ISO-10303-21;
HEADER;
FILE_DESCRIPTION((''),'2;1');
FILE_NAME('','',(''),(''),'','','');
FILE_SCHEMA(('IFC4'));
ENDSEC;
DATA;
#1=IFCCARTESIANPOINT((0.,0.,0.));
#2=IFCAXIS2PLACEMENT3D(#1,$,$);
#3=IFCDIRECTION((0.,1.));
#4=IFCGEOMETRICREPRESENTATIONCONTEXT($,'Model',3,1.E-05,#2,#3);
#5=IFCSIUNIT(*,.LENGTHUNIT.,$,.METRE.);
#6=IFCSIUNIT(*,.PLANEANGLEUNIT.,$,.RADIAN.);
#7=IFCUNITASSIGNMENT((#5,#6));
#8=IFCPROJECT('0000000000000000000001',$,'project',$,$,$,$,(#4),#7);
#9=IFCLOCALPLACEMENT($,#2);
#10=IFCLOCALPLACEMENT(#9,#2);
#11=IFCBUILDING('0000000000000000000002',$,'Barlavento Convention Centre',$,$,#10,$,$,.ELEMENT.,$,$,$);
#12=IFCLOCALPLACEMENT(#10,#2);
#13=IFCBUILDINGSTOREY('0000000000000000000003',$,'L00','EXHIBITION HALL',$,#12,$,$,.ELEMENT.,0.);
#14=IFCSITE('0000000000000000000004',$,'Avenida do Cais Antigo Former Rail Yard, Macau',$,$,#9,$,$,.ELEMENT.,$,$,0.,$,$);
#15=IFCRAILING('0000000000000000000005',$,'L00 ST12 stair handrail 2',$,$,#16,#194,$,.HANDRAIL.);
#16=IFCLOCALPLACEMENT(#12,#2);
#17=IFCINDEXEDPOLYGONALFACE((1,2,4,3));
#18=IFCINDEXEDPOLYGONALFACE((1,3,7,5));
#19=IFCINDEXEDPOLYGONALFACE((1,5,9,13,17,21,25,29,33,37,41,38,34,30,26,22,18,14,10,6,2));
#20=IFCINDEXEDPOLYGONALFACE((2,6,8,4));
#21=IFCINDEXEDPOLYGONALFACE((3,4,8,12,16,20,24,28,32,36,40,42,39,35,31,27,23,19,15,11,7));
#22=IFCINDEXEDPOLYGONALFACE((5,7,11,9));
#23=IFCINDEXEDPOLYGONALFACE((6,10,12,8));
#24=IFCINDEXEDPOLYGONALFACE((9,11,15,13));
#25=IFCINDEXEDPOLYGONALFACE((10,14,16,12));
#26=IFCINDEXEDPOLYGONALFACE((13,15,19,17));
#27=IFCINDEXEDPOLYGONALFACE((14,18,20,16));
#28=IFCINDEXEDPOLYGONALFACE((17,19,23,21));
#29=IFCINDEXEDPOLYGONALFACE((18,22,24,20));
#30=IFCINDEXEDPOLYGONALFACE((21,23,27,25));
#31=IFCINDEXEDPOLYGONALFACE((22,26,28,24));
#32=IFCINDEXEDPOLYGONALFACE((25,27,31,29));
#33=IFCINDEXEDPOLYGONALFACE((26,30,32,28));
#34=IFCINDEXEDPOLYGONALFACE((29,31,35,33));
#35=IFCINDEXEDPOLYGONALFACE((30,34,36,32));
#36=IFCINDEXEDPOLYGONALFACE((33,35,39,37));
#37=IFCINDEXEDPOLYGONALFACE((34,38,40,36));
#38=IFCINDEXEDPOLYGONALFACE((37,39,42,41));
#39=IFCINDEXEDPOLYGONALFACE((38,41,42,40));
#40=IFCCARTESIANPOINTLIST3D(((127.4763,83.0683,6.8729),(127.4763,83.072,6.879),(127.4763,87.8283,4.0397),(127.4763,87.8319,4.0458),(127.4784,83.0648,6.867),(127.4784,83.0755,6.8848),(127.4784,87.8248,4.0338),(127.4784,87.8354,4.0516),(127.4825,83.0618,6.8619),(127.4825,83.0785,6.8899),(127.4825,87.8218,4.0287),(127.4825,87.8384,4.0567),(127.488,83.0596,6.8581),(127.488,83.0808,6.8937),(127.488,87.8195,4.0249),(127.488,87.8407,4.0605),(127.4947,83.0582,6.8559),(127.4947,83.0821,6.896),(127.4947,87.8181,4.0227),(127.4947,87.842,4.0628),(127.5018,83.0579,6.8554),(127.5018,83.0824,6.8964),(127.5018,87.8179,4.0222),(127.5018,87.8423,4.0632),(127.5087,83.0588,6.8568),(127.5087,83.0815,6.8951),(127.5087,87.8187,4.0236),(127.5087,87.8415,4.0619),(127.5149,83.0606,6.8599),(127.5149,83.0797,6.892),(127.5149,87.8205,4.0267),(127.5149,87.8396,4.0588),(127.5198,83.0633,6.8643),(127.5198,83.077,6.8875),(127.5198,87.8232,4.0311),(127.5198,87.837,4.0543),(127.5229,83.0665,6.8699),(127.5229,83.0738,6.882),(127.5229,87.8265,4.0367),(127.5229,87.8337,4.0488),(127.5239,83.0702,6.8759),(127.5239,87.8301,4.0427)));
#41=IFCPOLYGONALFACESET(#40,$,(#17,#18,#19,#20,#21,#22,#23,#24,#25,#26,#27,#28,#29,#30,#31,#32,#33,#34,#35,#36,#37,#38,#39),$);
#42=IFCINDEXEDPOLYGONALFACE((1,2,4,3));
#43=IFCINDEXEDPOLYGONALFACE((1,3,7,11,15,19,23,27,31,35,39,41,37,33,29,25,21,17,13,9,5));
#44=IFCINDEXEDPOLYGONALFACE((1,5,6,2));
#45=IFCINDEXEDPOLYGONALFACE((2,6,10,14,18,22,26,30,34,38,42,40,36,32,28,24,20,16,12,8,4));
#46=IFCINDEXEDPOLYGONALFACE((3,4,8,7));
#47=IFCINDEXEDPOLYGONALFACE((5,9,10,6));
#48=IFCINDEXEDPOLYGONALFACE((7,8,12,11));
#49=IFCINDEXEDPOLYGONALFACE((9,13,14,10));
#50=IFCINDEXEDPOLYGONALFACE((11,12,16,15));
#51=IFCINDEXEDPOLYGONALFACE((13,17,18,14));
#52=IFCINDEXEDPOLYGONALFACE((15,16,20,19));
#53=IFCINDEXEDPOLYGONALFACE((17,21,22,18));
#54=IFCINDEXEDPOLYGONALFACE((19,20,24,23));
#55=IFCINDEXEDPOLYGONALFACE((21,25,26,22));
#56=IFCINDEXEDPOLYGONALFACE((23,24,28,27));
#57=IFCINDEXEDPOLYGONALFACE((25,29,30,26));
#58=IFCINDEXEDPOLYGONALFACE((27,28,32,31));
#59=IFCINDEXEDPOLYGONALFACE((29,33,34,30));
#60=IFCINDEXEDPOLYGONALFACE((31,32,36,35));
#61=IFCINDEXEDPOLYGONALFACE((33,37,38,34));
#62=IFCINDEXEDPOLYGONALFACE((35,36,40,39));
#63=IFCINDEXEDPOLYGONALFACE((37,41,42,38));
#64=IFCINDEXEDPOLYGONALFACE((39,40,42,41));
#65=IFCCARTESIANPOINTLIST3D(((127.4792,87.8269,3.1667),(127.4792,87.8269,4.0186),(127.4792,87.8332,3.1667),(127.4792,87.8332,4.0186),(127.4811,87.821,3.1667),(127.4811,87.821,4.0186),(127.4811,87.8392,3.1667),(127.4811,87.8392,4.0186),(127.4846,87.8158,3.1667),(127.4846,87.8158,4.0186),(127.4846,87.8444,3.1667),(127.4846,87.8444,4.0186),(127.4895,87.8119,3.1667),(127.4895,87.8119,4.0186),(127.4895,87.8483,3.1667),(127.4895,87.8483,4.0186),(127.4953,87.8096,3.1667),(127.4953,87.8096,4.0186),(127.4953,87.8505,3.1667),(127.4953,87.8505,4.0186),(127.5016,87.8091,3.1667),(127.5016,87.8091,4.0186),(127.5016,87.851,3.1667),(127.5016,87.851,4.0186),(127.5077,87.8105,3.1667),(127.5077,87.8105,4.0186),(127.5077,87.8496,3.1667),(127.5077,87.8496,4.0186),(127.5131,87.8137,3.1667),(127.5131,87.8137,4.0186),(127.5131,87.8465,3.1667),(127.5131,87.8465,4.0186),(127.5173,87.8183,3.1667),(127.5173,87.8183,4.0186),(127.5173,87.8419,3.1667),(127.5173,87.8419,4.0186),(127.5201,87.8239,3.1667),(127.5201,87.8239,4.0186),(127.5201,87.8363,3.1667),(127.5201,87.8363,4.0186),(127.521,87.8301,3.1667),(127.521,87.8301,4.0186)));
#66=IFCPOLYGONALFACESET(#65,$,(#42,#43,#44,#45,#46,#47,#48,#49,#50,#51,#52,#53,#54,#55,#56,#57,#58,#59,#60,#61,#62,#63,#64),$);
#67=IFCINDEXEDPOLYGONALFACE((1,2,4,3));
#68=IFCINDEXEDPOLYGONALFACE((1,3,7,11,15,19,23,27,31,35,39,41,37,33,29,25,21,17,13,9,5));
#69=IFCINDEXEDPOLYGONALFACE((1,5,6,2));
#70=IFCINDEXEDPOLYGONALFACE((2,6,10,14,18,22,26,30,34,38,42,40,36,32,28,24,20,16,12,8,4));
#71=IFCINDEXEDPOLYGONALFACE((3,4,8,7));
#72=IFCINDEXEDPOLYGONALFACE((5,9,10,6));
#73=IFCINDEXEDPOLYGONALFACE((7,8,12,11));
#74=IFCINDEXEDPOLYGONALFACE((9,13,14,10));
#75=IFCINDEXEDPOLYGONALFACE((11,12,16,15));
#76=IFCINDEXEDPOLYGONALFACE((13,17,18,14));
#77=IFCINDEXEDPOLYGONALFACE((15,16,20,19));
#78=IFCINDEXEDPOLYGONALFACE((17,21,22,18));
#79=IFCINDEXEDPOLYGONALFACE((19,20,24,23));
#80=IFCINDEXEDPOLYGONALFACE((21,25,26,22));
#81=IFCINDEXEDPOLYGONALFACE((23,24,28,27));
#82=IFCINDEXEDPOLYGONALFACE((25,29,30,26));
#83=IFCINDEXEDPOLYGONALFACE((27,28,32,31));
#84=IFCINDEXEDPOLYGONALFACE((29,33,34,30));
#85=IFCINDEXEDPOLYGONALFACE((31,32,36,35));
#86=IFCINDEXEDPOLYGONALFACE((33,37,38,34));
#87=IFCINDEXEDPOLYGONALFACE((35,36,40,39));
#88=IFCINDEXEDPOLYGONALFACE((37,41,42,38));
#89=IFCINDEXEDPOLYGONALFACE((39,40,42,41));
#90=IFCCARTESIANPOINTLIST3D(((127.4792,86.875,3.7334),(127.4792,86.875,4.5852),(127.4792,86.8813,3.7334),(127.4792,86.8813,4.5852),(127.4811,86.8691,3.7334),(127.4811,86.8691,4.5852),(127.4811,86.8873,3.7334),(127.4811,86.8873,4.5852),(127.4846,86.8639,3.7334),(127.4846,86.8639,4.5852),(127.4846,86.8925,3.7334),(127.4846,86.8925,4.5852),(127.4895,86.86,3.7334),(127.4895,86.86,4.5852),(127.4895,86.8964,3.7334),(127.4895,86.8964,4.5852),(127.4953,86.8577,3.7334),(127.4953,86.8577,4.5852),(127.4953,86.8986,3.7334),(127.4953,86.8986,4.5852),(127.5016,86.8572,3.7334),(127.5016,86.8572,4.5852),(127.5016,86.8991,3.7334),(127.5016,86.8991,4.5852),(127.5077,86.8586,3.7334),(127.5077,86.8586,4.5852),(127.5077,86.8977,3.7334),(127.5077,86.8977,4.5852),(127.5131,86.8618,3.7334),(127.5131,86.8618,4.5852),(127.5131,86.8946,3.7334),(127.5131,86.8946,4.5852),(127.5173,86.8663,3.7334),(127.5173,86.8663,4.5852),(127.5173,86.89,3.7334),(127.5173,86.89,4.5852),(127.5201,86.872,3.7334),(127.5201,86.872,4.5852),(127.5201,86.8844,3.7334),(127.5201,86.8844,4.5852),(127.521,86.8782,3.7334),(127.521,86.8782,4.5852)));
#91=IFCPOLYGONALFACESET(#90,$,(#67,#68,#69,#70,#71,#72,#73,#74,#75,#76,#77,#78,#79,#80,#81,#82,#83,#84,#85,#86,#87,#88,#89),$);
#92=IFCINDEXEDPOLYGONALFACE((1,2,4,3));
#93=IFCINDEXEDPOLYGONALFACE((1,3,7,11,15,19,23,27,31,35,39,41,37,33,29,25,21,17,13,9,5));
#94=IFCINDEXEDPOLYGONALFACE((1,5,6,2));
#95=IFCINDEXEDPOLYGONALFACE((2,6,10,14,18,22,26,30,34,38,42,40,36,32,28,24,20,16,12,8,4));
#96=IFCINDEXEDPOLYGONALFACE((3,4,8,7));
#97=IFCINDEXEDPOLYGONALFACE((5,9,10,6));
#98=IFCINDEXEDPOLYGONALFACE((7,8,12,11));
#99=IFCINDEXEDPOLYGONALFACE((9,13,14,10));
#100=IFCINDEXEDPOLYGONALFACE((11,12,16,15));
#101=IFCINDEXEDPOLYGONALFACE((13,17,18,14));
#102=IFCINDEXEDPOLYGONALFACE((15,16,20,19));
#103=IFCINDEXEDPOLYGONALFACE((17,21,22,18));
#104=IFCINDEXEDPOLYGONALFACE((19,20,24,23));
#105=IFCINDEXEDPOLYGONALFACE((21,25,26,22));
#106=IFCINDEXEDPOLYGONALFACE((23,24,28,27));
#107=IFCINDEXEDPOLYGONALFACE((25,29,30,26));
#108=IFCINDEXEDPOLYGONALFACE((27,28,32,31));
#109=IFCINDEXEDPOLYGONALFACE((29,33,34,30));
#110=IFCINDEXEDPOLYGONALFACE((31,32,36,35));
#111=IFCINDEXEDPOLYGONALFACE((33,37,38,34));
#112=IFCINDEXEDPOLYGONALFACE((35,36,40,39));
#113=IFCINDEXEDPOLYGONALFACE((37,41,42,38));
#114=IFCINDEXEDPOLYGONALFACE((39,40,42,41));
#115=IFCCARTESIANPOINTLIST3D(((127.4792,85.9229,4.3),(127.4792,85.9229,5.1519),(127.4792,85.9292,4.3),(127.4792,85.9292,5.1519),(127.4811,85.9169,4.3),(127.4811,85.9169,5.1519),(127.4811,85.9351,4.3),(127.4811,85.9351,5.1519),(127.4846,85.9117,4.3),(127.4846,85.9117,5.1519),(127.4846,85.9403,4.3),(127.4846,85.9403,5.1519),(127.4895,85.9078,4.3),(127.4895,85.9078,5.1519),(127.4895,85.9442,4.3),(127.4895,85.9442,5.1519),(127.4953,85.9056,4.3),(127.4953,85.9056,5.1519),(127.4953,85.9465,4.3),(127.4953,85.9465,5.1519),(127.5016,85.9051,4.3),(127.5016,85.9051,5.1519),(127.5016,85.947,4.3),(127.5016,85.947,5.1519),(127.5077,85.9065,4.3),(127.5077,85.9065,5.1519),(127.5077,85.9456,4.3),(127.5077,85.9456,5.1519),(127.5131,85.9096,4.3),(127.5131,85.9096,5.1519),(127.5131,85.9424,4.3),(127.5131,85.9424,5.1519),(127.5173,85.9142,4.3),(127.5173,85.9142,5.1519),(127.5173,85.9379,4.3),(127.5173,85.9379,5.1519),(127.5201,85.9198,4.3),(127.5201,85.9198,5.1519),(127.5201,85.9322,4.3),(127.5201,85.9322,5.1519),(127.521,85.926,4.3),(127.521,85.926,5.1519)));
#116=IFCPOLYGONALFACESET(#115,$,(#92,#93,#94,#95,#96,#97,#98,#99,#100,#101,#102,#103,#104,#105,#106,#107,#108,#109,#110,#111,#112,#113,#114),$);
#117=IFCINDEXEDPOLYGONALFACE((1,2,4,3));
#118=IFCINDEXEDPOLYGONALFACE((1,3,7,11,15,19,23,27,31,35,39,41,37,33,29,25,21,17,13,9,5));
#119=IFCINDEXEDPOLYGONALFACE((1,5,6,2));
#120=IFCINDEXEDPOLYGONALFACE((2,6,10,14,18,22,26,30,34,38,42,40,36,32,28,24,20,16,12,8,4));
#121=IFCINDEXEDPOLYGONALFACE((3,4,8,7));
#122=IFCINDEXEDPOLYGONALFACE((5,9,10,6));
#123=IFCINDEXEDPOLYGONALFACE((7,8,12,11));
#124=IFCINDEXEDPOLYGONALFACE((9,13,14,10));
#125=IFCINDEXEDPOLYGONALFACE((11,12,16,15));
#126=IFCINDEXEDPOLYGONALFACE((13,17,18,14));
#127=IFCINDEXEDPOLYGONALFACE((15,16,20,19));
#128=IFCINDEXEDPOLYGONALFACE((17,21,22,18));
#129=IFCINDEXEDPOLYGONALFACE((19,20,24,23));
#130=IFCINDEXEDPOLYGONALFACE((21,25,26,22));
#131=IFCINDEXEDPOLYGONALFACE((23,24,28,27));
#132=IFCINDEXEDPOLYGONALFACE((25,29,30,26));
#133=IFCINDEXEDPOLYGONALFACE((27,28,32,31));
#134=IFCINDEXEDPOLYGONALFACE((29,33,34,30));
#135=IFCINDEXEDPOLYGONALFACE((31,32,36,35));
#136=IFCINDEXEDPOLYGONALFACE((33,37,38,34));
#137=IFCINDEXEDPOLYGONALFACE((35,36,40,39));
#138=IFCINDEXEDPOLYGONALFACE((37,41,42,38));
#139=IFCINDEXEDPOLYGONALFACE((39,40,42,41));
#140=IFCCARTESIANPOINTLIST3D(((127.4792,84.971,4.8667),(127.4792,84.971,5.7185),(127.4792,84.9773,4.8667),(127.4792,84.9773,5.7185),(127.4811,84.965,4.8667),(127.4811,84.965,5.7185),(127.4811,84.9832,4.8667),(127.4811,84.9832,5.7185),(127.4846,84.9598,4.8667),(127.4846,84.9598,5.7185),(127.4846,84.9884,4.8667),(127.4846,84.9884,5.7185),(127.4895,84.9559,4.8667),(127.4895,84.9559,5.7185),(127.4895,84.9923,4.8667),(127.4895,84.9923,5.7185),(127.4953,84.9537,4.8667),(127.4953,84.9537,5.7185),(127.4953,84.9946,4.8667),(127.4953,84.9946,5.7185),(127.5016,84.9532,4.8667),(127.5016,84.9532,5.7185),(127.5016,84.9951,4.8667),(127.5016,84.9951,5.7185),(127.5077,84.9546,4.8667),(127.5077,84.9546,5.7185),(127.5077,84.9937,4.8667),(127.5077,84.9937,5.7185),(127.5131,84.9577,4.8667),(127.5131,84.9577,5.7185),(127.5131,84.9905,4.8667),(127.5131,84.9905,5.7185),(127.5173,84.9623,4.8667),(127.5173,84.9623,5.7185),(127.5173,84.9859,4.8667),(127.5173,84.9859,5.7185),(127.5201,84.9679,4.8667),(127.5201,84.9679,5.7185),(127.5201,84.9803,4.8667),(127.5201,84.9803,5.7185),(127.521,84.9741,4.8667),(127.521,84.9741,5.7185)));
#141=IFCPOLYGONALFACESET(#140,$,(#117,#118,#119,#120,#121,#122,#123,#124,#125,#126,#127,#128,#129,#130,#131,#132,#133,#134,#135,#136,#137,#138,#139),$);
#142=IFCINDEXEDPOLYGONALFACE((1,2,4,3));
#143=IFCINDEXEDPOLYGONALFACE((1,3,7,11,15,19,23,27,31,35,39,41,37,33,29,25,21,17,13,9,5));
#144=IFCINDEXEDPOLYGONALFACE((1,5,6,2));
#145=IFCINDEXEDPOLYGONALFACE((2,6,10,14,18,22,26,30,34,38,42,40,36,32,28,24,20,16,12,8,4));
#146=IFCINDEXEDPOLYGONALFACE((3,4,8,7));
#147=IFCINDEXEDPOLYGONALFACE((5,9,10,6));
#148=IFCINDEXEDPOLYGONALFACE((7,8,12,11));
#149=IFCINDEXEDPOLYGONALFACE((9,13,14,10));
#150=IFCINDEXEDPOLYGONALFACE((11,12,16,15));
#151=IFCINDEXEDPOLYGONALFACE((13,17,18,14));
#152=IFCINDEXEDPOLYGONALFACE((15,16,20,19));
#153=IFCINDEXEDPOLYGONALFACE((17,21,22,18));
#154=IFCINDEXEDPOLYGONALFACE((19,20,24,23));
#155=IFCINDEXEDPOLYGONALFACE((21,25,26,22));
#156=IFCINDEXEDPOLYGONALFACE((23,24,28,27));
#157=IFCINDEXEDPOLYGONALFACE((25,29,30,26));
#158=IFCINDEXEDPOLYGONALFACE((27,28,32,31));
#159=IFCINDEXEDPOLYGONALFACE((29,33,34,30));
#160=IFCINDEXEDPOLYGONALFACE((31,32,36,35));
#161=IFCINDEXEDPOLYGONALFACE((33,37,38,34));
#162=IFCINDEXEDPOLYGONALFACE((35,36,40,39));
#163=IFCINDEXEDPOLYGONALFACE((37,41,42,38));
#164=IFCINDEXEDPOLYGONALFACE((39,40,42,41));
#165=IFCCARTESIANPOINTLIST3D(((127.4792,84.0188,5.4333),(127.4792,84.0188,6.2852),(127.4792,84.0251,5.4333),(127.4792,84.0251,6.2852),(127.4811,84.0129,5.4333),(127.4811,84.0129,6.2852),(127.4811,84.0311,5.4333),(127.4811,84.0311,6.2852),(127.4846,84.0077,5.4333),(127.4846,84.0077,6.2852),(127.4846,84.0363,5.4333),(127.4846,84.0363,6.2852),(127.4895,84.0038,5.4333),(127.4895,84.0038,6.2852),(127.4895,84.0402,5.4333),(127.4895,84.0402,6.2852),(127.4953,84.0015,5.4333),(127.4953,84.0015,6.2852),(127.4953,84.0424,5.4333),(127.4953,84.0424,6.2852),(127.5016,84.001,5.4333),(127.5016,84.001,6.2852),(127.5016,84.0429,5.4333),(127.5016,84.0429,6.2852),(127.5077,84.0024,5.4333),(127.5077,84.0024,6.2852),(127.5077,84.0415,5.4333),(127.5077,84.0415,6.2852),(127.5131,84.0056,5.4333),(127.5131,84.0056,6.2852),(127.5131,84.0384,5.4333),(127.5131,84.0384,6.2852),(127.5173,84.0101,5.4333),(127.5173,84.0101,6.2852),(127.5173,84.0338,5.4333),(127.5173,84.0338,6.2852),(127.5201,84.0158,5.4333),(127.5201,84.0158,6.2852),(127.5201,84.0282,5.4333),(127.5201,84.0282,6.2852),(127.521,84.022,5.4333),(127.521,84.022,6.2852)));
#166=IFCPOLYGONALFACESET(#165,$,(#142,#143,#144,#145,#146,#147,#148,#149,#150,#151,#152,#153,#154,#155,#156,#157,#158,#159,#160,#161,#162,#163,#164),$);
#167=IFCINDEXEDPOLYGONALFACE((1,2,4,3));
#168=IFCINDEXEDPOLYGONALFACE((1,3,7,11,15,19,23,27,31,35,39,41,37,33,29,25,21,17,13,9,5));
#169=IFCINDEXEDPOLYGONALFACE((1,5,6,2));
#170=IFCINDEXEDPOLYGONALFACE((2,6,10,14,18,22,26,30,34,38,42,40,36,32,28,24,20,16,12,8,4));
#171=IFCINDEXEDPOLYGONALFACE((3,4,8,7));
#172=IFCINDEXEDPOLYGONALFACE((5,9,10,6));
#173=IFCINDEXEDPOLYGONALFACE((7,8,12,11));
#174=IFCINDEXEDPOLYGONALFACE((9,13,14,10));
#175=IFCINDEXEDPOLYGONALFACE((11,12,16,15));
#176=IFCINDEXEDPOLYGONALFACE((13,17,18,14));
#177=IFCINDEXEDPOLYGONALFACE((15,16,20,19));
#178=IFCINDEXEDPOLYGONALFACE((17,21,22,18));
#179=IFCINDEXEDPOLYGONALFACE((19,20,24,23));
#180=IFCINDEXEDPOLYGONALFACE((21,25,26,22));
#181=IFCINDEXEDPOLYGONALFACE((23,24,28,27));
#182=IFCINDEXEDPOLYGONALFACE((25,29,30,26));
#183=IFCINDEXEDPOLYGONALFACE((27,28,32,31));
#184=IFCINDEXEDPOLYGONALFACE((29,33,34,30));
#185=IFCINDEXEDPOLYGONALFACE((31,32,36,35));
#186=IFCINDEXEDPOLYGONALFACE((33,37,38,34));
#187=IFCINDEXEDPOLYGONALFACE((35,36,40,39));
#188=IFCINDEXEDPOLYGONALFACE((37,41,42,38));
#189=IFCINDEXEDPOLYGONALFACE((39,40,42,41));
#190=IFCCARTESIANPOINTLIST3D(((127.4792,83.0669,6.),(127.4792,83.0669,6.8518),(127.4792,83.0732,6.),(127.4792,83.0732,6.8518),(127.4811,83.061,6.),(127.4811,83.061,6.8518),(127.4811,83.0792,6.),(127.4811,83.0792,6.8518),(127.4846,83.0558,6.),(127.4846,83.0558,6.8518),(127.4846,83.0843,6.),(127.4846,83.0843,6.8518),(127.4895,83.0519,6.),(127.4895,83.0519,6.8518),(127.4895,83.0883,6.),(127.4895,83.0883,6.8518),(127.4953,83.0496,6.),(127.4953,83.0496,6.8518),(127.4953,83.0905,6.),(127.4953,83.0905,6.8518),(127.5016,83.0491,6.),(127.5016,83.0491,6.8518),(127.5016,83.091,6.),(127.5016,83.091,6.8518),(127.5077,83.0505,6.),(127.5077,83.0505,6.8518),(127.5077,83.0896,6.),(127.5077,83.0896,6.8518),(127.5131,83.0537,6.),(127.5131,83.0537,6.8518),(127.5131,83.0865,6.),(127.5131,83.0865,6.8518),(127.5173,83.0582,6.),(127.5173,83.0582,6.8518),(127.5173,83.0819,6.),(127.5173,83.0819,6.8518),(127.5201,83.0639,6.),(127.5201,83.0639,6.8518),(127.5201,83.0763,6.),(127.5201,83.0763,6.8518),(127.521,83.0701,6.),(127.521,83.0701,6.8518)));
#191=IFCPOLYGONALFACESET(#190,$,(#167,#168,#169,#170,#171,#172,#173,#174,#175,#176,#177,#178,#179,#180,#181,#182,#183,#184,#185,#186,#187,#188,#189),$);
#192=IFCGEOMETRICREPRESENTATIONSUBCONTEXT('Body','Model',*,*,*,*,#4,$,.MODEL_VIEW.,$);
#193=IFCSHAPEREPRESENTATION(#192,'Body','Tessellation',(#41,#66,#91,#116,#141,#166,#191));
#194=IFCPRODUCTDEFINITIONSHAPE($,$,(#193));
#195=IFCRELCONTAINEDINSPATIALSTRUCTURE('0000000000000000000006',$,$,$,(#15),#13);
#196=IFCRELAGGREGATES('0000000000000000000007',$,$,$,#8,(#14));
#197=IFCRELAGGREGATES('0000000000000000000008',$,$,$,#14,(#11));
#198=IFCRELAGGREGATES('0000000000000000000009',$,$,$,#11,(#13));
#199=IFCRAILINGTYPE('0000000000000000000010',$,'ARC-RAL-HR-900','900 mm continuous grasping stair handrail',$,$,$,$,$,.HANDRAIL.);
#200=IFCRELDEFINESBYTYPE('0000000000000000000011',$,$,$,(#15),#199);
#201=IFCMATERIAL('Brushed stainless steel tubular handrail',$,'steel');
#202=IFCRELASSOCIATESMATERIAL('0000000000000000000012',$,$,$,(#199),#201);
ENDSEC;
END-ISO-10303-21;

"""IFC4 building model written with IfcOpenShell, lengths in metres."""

from ifc_helpers import new_model, si_unit, direction, frame, origin, origin_2d, place, context, subcontext, project, spatial, circle, extrude, material, type_object, element, save


model = new_model("IFC4")

# Units and contexts
model_context = context("Model", 3, precision=1e-05, world=origin(), true_north=direction((0.0, 1.0)))
body_context = subcontext(model_context, "Body", "Model", "MODEL_VIEW")
ifc_project = project(units=[si_unit("LENGTHUNIT", "METRE"), si_unit("PLANEANGLEUNIT", "RADIAN")], contexts=[model_context])

# Site, building, storey
site_placement = place(None, origin())
site = spatial("IfcSite", under=ifc_project, at=site_placement, Name="Avenida do Cais Antigo Former Rail Yard, Macau", CompositionType="ELEMENT", RefElevation=0.0)
building_placement = place(site_placement, origin())
building = spatial("IfcBuilding", under=site, at=building_placement, Name="Barlavento Convention Centre", CompositionType="ELEMENT")
storey_placement = place(building_placement, origin())
storey = spatial("IfcBuildingStorey", under=building, at=storey_placement, Name="L00", Description="EXHIBITION HALL", CompositionType="ELEMENT", Elevation=0.0)

# Railing
ifc_material_1 = material(Name="Brushed stainless steel tubular handrail", Category="steel")
railing_type_1 = type_object("IfcRailingType", Name="ARC-RAL-HR-900", Description="900 mm continuous grasping stair handrail", PredefinedType="HANDRAIL", material=ifc_material_1)
railing_1_placement = place(storey_placement, frame((127.5, 87.8301, 3.1667)))
element("IfcRailing", 1, at=railing_1_placement, inside=storey, type_object=railing_type_1, Name="L00 ST12 stair handrail 2", PredefinedType="HANDRAIL", context=body_context, shape_type="SweptSolid", body=[
    extrude(circle(Radius=0.0239, at=origin_2d()), frame((0.0, 0.0, 0.876), z_axis=(0.0, -0.8593, 0.511472), x_axis=(1.0, 0.0, 0.0)), (0.0, 0.0, 1.0), 5.5393),
    extrude(circle(Radius=0.021, at=origin_2d()), origin(), (0.0, 0.0, 1.0), 0.8518),
    extrude(circle(Radius=0.021, at=origin_2d()), frame((0.0, -0.9519, 0.5667)), (0.0, 0.0, 1.0), 0.8518),
    extrude(circle(Radius=0.021, at=origin_2d()), frame((0.0, -1.9041, 1.1333)), (0.0, 0.0, 1.0), 0.8518),
    extrude(circle(Radius=0.021, at=origin_2d()), frame((0.0, -2.856, 1.7)), (0.0, 0.0, 1.0), 0.8518),
    extrude(circle(Radius=0.021, at=origin_2d()), frame((0.0, -3.8081, 2.2666)), (0.0, 0.0, 1.0), 0.8518),
    extrude(circle(Radius=0.021, at=origin_2d()), frame((0.0, -4.76, 2.8333)), (0.0, 0.0, 1.0), 0.8518),
])

save(model, "model.ifc")
